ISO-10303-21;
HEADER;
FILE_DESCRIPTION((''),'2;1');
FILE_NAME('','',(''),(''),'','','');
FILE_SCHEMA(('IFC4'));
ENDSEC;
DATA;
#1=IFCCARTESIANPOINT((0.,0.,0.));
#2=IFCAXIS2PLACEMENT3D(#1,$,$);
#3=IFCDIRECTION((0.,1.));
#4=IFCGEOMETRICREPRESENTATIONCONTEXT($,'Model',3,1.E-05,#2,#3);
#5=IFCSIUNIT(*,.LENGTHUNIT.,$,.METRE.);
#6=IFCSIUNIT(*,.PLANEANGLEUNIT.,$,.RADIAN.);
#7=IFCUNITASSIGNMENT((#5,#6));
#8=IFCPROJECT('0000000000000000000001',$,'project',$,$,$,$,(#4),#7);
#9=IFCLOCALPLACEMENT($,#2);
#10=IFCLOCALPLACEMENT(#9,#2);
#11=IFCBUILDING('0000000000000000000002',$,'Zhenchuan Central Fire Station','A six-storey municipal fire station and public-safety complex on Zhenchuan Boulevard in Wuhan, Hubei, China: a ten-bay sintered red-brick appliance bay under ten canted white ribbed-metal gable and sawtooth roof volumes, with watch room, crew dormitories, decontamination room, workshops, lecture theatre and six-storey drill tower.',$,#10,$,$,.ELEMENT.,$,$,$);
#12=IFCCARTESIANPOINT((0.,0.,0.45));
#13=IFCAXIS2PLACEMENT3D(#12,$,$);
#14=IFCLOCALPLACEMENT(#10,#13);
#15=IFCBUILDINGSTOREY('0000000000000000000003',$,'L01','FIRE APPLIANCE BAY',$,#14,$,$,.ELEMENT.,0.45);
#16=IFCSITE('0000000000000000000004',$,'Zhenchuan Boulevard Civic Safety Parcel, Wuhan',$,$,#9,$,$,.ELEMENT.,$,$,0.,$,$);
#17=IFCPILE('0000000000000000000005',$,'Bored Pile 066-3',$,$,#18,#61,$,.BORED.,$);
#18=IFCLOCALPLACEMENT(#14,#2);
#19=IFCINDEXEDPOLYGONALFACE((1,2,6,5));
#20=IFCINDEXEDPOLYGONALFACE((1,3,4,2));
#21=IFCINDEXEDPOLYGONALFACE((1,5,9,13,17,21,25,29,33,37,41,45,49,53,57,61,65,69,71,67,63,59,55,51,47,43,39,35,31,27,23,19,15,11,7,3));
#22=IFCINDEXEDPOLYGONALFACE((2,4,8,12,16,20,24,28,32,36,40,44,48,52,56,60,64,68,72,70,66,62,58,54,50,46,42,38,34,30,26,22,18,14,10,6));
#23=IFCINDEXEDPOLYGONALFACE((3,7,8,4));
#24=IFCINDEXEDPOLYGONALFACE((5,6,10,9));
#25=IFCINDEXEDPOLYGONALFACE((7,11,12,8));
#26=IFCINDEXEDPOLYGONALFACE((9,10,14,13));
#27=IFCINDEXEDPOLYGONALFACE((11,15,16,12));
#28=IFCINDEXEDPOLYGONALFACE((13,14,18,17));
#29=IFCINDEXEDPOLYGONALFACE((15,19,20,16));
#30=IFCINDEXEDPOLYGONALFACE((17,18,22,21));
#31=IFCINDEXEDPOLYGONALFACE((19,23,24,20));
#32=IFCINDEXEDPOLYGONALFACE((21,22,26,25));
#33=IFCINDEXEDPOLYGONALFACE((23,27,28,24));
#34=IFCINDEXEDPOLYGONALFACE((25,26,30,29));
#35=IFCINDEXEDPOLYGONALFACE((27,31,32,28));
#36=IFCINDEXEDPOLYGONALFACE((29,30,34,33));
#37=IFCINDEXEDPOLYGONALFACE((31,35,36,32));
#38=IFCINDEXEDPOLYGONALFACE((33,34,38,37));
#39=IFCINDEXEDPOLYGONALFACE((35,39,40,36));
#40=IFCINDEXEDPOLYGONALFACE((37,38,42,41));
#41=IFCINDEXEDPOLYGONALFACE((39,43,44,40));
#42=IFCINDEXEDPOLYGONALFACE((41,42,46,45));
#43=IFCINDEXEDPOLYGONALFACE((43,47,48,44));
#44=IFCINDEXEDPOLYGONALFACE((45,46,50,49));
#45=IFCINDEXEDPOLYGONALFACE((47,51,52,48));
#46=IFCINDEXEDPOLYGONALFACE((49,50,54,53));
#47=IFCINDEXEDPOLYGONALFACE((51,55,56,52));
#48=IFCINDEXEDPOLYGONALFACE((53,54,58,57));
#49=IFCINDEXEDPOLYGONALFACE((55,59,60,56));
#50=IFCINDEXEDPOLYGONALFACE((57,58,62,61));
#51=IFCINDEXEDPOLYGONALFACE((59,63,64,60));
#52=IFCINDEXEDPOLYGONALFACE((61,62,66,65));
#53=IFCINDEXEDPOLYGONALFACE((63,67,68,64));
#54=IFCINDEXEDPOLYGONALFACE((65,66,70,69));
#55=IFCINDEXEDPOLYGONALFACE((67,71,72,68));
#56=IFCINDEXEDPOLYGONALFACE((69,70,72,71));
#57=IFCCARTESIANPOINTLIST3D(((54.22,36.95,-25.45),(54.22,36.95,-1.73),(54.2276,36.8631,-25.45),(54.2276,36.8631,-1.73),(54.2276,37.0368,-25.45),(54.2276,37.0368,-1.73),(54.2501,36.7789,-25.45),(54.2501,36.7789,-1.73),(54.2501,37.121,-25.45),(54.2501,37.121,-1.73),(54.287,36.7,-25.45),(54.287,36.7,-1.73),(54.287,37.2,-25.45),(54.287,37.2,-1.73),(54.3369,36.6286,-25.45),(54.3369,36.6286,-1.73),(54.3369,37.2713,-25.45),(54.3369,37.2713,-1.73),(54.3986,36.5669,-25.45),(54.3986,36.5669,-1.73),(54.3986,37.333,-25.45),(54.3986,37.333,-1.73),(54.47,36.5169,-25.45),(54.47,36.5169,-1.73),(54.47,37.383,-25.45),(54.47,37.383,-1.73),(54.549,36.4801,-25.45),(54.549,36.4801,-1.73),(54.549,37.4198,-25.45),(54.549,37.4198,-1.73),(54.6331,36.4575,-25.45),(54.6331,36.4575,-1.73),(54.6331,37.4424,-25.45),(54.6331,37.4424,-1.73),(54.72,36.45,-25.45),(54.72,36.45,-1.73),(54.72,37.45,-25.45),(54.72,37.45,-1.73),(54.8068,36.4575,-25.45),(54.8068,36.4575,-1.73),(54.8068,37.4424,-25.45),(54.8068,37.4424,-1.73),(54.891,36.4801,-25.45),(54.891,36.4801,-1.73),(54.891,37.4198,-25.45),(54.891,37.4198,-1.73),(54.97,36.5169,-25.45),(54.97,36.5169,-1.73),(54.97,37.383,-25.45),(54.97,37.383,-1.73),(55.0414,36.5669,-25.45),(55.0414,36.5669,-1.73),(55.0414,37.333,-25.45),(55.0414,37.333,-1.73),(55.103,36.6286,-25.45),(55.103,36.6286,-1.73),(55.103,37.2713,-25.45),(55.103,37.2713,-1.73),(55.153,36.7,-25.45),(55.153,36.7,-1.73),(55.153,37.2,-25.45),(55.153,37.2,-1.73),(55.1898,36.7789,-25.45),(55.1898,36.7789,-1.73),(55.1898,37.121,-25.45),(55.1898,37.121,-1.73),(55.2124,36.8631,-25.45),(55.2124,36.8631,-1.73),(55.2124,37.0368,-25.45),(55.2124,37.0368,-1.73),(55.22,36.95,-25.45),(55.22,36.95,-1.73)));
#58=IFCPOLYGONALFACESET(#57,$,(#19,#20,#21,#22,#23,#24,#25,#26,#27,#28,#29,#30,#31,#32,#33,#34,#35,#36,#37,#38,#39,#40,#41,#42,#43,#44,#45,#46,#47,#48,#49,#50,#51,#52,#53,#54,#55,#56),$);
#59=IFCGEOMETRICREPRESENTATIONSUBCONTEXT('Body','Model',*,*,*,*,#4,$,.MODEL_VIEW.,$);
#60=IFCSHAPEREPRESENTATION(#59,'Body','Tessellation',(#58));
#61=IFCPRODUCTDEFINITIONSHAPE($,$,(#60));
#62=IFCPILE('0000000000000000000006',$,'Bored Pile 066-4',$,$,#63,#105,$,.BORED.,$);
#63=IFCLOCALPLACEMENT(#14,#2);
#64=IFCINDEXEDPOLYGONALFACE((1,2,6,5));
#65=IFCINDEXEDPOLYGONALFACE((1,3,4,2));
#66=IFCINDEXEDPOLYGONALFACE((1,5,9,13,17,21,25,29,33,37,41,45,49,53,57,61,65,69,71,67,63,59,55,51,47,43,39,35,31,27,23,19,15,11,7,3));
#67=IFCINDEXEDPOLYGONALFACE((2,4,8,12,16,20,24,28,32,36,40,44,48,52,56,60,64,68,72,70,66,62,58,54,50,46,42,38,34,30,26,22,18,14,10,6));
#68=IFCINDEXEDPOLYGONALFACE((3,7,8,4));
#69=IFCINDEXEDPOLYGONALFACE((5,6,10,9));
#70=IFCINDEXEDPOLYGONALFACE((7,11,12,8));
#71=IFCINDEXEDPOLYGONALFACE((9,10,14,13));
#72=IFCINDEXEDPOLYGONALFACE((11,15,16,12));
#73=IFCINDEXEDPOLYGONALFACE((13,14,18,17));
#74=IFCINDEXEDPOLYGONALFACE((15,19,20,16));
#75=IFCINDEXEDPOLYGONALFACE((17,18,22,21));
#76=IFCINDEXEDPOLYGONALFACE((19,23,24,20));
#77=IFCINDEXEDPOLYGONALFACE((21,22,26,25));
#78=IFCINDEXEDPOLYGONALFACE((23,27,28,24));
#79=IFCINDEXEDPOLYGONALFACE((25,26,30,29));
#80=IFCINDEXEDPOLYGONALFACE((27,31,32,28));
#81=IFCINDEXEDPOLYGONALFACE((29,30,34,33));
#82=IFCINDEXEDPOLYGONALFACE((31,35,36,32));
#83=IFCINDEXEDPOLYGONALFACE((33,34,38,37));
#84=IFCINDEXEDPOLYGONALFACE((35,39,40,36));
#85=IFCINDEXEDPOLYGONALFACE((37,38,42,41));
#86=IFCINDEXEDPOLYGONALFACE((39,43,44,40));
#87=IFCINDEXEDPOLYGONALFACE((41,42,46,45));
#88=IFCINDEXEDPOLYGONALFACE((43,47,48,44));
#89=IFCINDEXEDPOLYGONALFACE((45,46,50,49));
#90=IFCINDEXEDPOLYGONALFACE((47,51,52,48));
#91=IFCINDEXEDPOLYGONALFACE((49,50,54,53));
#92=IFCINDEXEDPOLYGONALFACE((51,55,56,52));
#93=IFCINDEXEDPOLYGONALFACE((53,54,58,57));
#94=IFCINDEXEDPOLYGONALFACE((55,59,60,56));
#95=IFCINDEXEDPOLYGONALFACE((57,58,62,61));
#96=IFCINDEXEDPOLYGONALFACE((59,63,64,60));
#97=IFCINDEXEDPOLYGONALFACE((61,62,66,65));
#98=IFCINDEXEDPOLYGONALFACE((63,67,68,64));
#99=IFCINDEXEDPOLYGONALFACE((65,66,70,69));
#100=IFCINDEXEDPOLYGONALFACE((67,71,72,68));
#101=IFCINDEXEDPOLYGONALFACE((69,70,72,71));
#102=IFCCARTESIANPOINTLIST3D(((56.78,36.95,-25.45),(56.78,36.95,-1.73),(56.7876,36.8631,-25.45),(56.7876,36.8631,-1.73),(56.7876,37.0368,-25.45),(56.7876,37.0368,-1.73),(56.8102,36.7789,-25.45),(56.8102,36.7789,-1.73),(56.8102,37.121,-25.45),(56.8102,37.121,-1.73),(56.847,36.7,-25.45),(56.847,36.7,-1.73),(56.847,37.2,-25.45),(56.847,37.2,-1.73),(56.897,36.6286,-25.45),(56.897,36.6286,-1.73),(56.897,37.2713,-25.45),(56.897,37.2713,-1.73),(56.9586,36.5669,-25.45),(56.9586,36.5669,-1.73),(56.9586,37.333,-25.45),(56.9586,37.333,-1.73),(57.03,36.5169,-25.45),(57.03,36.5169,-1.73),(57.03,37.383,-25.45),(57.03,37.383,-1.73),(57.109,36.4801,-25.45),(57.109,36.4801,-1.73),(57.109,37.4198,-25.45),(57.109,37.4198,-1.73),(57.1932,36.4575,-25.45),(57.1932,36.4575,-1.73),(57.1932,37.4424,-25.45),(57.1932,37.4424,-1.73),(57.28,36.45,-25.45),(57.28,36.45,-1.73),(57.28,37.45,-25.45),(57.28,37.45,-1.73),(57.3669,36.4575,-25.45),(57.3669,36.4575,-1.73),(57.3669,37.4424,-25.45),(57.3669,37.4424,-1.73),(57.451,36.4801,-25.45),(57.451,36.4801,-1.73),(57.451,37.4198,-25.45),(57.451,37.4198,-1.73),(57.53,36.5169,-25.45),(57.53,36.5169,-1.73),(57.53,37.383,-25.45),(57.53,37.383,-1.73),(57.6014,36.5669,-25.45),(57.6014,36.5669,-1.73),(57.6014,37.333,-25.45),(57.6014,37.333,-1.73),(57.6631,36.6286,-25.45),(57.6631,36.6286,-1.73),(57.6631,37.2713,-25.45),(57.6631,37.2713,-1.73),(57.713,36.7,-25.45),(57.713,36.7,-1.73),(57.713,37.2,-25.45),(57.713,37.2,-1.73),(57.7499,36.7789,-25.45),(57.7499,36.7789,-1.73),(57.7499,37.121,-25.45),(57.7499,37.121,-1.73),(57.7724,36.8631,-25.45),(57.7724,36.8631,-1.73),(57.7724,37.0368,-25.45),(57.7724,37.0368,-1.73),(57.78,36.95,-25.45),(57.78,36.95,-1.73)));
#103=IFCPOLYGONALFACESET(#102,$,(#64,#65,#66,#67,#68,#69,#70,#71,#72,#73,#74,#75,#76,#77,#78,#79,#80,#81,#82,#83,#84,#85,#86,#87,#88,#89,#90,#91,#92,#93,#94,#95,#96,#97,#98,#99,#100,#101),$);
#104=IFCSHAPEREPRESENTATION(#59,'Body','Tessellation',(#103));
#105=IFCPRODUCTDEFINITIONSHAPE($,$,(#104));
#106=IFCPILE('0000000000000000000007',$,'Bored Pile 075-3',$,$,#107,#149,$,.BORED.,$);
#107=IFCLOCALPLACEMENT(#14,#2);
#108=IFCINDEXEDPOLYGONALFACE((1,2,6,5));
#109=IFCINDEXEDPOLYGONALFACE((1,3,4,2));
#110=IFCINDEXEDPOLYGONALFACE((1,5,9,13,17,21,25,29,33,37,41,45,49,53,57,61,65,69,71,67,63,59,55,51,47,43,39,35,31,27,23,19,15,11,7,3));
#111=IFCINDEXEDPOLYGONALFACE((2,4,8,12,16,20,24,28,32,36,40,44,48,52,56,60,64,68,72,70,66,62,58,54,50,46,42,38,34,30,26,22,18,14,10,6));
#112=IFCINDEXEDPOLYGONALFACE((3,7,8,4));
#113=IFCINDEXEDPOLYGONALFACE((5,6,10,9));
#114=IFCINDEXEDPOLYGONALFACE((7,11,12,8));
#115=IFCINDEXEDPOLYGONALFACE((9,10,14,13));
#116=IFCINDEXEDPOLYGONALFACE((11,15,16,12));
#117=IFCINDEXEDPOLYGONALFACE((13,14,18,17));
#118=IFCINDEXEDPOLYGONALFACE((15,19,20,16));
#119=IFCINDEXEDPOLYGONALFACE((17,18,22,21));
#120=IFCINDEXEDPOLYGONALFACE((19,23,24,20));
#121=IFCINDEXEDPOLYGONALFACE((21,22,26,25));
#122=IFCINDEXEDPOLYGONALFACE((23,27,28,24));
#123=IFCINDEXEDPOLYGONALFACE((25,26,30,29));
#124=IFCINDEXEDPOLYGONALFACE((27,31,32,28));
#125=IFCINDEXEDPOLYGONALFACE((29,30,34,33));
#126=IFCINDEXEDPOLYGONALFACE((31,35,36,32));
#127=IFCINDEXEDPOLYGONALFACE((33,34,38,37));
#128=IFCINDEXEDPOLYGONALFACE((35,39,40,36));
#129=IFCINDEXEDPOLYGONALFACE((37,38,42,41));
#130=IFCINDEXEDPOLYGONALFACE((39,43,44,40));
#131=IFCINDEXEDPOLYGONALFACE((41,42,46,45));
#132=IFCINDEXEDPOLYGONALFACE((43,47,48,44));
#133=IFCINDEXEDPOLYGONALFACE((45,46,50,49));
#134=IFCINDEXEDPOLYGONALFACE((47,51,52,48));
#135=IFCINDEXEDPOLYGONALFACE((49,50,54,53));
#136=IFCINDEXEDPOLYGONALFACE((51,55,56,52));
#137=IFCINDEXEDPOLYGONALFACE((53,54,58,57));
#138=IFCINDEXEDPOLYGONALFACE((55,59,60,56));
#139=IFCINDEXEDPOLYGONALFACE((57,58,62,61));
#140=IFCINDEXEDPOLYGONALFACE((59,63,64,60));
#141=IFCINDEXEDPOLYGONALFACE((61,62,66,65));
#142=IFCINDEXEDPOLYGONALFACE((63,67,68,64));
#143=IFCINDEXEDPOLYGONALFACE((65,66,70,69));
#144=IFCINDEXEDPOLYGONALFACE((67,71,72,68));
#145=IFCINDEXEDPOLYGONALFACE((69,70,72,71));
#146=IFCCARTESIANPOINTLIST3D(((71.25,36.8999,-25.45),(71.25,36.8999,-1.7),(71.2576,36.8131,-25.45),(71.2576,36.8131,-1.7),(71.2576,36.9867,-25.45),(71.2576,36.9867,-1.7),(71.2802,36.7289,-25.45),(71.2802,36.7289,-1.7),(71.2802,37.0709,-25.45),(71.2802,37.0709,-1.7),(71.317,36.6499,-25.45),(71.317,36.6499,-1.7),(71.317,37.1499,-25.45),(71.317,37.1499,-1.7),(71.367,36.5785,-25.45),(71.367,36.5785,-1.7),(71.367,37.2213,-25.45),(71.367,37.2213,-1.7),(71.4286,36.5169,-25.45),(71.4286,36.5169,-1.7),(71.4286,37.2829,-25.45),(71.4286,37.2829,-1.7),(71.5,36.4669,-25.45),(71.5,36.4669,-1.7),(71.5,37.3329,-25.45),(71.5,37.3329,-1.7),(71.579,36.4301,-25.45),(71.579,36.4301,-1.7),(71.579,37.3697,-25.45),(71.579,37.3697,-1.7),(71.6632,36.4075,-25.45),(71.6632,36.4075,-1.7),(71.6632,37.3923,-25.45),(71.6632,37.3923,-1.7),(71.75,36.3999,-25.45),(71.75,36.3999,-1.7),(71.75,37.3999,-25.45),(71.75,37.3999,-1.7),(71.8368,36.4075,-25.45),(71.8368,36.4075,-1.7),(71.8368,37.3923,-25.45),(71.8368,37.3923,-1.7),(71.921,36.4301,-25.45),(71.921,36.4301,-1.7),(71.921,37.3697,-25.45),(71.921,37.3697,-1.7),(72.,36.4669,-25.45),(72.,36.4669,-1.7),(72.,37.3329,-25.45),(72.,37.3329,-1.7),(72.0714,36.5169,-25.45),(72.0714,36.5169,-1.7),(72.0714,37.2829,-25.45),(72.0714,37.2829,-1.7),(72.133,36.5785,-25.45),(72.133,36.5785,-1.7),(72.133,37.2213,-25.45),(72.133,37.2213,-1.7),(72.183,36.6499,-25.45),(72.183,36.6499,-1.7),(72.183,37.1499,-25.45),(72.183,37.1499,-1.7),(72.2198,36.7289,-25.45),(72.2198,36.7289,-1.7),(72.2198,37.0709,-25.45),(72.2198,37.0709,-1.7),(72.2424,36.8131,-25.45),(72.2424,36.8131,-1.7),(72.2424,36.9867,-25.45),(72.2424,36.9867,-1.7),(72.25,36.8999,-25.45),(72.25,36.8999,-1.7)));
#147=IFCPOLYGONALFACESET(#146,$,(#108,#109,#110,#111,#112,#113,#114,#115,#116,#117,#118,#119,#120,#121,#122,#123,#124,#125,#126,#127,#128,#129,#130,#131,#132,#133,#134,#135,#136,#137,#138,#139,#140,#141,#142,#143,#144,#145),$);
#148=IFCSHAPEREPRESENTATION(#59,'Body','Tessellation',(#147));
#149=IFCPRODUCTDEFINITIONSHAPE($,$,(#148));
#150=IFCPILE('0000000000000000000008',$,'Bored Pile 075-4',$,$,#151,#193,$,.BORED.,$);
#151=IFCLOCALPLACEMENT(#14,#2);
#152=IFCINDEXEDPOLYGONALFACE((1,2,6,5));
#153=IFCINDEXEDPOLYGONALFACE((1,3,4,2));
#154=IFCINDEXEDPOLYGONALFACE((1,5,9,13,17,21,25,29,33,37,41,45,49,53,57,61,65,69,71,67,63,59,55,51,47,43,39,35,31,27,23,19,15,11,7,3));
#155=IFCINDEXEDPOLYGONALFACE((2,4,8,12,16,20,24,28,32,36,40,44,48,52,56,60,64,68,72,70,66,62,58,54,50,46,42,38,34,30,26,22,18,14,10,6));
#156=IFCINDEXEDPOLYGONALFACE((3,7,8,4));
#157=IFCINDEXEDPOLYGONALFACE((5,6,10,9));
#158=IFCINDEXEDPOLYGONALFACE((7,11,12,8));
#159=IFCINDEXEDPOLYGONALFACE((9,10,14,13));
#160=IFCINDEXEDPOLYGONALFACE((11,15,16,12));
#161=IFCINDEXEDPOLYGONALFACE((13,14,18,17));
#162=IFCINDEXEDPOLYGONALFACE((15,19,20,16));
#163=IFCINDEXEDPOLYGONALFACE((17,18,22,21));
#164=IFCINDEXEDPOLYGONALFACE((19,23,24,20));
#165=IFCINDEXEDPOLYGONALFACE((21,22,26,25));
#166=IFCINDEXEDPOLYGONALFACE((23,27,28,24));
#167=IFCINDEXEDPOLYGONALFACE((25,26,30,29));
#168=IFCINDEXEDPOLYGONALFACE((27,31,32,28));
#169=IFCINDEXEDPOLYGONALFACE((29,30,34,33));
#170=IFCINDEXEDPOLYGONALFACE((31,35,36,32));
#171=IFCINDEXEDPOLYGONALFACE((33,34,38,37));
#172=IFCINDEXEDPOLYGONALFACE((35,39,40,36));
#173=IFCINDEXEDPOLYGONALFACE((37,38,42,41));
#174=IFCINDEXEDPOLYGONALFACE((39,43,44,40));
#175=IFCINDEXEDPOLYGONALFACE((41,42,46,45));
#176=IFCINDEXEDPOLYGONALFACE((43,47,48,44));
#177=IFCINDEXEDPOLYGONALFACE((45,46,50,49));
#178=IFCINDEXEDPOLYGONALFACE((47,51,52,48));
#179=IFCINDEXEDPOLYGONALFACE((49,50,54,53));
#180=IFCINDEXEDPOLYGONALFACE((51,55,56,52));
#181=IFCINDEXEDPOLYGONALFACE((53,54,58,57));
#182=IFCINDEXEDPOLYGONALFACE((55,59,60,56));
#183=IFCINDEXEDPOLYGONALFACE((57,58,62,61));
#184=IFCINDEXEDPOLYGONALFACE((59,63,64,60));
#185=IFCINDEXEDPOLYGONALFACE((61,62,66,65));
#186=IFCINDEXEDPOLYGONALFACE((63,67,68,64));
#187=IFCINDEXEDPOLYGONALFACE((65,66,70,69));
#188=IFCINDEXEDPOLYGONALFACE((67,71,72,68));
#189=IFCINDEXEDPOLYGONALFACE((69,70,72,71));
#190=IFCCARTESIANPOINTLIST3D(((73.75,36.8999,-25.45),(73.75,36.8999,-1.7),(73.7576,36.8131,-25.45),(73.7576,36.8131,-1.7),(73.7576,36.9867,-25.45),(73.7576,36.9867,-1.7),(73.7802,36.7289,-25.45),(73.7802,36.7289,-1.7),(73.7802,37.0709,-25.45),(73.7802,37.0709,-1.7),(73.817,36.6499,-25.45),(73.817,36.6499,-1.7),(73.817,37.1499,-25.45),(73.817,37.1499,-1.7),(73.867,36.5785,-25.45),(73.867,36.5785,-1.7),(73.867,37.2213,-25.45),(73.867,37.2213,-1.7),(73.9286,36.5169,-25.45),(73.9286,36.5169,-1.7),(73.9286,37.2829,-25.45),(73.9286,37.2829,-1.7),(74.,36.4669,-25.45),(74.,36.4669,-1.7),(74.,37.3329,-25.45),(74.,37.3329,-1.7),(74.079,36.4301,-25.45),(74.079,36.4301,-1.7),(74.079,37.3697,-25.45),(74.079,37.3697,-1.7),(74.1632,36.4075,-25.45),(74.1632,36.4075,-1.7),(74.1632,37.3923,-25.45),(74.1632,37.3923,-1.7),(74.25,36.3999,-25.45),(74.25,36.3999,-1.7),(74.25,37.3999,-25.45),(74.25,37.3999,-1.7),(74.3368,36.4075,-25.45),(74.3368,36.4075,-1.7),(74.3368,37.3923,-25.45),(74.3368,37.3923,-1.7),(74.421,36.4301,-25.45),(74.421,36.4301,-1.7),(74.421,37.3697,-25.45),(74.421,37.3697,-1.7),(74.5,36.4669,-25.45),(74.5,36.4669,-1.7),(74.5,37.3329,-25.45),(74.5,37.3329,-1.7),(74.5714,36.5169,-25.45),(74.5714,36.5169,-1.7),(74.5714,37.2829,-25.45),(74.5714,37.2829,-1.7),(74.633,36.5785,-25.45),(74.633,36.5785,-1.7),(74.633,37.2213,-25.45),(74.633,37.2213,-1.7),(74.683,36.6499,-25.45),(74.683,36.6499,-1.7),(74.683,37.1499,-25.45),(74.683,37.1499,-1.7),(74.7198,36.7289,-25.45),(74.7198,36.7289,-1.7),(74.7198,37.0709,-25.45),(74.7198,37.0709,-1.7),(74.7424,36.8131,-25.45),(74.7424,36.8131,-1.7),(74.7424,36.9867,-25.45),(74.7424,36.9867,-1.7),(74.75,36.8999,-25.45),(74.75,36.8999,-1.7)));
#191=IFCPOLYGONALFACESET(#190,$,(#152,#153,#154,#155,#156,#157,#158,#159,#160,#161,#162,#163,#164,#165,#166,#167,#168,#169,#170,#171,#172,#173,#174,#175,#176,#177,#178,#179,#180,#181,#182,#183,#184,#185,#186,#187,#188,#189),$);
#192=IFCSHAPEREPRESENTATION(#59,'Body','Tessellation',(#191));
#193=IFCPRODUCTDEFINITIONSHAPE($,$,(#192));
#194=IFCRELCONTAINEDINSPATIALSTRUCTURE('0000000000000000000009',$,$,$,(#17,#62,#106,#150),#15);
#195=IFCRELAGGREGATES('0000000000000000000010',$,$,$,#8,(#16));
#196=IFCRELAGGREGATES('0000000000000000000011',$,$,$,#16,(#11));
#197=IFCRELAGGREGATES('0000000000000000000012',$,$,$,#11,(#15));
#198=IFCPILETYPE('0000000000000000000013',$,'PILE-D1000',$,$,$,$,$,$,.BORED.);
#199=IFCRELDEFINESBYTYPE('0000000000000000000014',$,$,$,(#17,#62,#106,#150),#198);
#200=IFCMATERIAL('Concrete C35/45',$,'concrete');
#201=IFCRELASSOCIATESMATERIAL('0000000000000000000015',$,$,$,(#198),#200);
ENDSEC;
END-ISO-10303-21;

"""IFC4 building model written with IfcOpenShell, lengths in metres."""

from ifc_helpers import new_model, si_unit, direction, frame, origin, origin_2d, place, context, subcontext, project, spatial, circle, extrude, material, material_profile, profile_set, type_object, element, save


model = new_model("IFC4")

# Units and contexts
model_context = context("Model", 3, precision=1e-05, world=origin(), true_north=direction((0.0, 1.0)))
body_context = subcontext(model_context, "Body", "Model", "MODEL_VIEW")
ifc_project = project(units=[si_unit("LENGTHUNIT", "METRE"), si_unit("PLANEANGLEUNIT", "RADIAN")], contexts=[model_context])

# Site, building, storey
site_placement = place(None, origin())
site = spatial("IfcSite", under=ifc_project, at=site_placement, Name="Zhenchuan Boulevard Civic Safety Parcel, Wuhan", CompositionType="ELEMENT", RefElevation=0.0)
building_placement = place(site_placement, origin())
building = spatial("IfcBuilding", under=site, at=building_placement, Name="Zhenchuan Central Fire Station", Description="A six-storey municipal fire station and public-safety complex on Zhenchuan Boulevard in Wuhan, Hubei, China: a ten-bay sintered red-brick appliance bay under ten canted white ribbed-metal gable and sawtooth roof volumes, with watch room, crew dormitories, decontamination room, workshops, lecture theatre and six-storey drill tower.", CompositionType="ELEMENT")
storey_placement = place(building_placement, frame((0.0, 0.0, 0.45)))
storey = spatial("IfcBuildingStorey", under=building, at=storey_placement, Name="L01", Description="FIRE APPLIANCE BAY", CompositionType="ELEMENT", Elevation=0.45)

# Piles
ifc_material_1 = material(Name="Concrete C35/45", Category="concrete")
ifc_material_profile_1 = material_profile(ifc_material_1, circle(Radius=0.5, at=origin_2d()), Name="PILE D1000")
ifc_profile_set_1 = profile_set([ifc_material_profile_1], Name="Concrete C35/45")
pile_type_1 = type_object("IfcPileType", Name="PILE-D1000", PredefinedType="BORED", material=ifc_profile_set_1)
for number, where, z_axis, x_axis, name in (
    (1, (54.72, 36.95, -1.73), (0.0, 0.0, -1.0), (1.0, 0.0, 0.0), "Bored Pile 066-3"),
    (2, (57.28, 36.95, -1.73), (0.0, 0.0, -1.0), (1.0, 0.0, 0.0), "Bored Pile 066-4"),
):
    element("IfcPile", number, at=place(storey_placement, frame(where, z_axis=z_axis, x_axis=x_axis)), inside=storey, type_object=pile_type_1, Name=name, PredefinedType="BORED", context=body_context, shape_type="SweptSolid", body=[
        extrude(circle(Radius=0.5, at=origin_2d()), origin(), (0.0, 0.0, 1.0), 23.72),
    ])
for number, where, z_axis, x_axis, name in (
    (3, (71.75, 36.8999, -1.7), (0.0, 0.0, -1.0), (1.0, 0.0, 0.0), "Bored Pile 075-3"),
    (4, (74.25, 36.8999, -1.7), (0.0, 0.0, -1.0), (1.0, 0.0, 0.0), "Bored Pile 075-4"),
):
    element("IfcPile", number, at=place(storey_placement, frame(where, z_axis=z_axis, x_axis=x_axis)), inside=storey, type_object=pile_type_1, Name=name, PredefinedType="BORED", context=body_context, shape_type="SweptSolid", body=[
        extrude(circle(Radius=0.5, at=origin_2d()), origin(), (0.0, 0.0, 1.0), 23.75),
    ])

save(model, "model.ifc")
